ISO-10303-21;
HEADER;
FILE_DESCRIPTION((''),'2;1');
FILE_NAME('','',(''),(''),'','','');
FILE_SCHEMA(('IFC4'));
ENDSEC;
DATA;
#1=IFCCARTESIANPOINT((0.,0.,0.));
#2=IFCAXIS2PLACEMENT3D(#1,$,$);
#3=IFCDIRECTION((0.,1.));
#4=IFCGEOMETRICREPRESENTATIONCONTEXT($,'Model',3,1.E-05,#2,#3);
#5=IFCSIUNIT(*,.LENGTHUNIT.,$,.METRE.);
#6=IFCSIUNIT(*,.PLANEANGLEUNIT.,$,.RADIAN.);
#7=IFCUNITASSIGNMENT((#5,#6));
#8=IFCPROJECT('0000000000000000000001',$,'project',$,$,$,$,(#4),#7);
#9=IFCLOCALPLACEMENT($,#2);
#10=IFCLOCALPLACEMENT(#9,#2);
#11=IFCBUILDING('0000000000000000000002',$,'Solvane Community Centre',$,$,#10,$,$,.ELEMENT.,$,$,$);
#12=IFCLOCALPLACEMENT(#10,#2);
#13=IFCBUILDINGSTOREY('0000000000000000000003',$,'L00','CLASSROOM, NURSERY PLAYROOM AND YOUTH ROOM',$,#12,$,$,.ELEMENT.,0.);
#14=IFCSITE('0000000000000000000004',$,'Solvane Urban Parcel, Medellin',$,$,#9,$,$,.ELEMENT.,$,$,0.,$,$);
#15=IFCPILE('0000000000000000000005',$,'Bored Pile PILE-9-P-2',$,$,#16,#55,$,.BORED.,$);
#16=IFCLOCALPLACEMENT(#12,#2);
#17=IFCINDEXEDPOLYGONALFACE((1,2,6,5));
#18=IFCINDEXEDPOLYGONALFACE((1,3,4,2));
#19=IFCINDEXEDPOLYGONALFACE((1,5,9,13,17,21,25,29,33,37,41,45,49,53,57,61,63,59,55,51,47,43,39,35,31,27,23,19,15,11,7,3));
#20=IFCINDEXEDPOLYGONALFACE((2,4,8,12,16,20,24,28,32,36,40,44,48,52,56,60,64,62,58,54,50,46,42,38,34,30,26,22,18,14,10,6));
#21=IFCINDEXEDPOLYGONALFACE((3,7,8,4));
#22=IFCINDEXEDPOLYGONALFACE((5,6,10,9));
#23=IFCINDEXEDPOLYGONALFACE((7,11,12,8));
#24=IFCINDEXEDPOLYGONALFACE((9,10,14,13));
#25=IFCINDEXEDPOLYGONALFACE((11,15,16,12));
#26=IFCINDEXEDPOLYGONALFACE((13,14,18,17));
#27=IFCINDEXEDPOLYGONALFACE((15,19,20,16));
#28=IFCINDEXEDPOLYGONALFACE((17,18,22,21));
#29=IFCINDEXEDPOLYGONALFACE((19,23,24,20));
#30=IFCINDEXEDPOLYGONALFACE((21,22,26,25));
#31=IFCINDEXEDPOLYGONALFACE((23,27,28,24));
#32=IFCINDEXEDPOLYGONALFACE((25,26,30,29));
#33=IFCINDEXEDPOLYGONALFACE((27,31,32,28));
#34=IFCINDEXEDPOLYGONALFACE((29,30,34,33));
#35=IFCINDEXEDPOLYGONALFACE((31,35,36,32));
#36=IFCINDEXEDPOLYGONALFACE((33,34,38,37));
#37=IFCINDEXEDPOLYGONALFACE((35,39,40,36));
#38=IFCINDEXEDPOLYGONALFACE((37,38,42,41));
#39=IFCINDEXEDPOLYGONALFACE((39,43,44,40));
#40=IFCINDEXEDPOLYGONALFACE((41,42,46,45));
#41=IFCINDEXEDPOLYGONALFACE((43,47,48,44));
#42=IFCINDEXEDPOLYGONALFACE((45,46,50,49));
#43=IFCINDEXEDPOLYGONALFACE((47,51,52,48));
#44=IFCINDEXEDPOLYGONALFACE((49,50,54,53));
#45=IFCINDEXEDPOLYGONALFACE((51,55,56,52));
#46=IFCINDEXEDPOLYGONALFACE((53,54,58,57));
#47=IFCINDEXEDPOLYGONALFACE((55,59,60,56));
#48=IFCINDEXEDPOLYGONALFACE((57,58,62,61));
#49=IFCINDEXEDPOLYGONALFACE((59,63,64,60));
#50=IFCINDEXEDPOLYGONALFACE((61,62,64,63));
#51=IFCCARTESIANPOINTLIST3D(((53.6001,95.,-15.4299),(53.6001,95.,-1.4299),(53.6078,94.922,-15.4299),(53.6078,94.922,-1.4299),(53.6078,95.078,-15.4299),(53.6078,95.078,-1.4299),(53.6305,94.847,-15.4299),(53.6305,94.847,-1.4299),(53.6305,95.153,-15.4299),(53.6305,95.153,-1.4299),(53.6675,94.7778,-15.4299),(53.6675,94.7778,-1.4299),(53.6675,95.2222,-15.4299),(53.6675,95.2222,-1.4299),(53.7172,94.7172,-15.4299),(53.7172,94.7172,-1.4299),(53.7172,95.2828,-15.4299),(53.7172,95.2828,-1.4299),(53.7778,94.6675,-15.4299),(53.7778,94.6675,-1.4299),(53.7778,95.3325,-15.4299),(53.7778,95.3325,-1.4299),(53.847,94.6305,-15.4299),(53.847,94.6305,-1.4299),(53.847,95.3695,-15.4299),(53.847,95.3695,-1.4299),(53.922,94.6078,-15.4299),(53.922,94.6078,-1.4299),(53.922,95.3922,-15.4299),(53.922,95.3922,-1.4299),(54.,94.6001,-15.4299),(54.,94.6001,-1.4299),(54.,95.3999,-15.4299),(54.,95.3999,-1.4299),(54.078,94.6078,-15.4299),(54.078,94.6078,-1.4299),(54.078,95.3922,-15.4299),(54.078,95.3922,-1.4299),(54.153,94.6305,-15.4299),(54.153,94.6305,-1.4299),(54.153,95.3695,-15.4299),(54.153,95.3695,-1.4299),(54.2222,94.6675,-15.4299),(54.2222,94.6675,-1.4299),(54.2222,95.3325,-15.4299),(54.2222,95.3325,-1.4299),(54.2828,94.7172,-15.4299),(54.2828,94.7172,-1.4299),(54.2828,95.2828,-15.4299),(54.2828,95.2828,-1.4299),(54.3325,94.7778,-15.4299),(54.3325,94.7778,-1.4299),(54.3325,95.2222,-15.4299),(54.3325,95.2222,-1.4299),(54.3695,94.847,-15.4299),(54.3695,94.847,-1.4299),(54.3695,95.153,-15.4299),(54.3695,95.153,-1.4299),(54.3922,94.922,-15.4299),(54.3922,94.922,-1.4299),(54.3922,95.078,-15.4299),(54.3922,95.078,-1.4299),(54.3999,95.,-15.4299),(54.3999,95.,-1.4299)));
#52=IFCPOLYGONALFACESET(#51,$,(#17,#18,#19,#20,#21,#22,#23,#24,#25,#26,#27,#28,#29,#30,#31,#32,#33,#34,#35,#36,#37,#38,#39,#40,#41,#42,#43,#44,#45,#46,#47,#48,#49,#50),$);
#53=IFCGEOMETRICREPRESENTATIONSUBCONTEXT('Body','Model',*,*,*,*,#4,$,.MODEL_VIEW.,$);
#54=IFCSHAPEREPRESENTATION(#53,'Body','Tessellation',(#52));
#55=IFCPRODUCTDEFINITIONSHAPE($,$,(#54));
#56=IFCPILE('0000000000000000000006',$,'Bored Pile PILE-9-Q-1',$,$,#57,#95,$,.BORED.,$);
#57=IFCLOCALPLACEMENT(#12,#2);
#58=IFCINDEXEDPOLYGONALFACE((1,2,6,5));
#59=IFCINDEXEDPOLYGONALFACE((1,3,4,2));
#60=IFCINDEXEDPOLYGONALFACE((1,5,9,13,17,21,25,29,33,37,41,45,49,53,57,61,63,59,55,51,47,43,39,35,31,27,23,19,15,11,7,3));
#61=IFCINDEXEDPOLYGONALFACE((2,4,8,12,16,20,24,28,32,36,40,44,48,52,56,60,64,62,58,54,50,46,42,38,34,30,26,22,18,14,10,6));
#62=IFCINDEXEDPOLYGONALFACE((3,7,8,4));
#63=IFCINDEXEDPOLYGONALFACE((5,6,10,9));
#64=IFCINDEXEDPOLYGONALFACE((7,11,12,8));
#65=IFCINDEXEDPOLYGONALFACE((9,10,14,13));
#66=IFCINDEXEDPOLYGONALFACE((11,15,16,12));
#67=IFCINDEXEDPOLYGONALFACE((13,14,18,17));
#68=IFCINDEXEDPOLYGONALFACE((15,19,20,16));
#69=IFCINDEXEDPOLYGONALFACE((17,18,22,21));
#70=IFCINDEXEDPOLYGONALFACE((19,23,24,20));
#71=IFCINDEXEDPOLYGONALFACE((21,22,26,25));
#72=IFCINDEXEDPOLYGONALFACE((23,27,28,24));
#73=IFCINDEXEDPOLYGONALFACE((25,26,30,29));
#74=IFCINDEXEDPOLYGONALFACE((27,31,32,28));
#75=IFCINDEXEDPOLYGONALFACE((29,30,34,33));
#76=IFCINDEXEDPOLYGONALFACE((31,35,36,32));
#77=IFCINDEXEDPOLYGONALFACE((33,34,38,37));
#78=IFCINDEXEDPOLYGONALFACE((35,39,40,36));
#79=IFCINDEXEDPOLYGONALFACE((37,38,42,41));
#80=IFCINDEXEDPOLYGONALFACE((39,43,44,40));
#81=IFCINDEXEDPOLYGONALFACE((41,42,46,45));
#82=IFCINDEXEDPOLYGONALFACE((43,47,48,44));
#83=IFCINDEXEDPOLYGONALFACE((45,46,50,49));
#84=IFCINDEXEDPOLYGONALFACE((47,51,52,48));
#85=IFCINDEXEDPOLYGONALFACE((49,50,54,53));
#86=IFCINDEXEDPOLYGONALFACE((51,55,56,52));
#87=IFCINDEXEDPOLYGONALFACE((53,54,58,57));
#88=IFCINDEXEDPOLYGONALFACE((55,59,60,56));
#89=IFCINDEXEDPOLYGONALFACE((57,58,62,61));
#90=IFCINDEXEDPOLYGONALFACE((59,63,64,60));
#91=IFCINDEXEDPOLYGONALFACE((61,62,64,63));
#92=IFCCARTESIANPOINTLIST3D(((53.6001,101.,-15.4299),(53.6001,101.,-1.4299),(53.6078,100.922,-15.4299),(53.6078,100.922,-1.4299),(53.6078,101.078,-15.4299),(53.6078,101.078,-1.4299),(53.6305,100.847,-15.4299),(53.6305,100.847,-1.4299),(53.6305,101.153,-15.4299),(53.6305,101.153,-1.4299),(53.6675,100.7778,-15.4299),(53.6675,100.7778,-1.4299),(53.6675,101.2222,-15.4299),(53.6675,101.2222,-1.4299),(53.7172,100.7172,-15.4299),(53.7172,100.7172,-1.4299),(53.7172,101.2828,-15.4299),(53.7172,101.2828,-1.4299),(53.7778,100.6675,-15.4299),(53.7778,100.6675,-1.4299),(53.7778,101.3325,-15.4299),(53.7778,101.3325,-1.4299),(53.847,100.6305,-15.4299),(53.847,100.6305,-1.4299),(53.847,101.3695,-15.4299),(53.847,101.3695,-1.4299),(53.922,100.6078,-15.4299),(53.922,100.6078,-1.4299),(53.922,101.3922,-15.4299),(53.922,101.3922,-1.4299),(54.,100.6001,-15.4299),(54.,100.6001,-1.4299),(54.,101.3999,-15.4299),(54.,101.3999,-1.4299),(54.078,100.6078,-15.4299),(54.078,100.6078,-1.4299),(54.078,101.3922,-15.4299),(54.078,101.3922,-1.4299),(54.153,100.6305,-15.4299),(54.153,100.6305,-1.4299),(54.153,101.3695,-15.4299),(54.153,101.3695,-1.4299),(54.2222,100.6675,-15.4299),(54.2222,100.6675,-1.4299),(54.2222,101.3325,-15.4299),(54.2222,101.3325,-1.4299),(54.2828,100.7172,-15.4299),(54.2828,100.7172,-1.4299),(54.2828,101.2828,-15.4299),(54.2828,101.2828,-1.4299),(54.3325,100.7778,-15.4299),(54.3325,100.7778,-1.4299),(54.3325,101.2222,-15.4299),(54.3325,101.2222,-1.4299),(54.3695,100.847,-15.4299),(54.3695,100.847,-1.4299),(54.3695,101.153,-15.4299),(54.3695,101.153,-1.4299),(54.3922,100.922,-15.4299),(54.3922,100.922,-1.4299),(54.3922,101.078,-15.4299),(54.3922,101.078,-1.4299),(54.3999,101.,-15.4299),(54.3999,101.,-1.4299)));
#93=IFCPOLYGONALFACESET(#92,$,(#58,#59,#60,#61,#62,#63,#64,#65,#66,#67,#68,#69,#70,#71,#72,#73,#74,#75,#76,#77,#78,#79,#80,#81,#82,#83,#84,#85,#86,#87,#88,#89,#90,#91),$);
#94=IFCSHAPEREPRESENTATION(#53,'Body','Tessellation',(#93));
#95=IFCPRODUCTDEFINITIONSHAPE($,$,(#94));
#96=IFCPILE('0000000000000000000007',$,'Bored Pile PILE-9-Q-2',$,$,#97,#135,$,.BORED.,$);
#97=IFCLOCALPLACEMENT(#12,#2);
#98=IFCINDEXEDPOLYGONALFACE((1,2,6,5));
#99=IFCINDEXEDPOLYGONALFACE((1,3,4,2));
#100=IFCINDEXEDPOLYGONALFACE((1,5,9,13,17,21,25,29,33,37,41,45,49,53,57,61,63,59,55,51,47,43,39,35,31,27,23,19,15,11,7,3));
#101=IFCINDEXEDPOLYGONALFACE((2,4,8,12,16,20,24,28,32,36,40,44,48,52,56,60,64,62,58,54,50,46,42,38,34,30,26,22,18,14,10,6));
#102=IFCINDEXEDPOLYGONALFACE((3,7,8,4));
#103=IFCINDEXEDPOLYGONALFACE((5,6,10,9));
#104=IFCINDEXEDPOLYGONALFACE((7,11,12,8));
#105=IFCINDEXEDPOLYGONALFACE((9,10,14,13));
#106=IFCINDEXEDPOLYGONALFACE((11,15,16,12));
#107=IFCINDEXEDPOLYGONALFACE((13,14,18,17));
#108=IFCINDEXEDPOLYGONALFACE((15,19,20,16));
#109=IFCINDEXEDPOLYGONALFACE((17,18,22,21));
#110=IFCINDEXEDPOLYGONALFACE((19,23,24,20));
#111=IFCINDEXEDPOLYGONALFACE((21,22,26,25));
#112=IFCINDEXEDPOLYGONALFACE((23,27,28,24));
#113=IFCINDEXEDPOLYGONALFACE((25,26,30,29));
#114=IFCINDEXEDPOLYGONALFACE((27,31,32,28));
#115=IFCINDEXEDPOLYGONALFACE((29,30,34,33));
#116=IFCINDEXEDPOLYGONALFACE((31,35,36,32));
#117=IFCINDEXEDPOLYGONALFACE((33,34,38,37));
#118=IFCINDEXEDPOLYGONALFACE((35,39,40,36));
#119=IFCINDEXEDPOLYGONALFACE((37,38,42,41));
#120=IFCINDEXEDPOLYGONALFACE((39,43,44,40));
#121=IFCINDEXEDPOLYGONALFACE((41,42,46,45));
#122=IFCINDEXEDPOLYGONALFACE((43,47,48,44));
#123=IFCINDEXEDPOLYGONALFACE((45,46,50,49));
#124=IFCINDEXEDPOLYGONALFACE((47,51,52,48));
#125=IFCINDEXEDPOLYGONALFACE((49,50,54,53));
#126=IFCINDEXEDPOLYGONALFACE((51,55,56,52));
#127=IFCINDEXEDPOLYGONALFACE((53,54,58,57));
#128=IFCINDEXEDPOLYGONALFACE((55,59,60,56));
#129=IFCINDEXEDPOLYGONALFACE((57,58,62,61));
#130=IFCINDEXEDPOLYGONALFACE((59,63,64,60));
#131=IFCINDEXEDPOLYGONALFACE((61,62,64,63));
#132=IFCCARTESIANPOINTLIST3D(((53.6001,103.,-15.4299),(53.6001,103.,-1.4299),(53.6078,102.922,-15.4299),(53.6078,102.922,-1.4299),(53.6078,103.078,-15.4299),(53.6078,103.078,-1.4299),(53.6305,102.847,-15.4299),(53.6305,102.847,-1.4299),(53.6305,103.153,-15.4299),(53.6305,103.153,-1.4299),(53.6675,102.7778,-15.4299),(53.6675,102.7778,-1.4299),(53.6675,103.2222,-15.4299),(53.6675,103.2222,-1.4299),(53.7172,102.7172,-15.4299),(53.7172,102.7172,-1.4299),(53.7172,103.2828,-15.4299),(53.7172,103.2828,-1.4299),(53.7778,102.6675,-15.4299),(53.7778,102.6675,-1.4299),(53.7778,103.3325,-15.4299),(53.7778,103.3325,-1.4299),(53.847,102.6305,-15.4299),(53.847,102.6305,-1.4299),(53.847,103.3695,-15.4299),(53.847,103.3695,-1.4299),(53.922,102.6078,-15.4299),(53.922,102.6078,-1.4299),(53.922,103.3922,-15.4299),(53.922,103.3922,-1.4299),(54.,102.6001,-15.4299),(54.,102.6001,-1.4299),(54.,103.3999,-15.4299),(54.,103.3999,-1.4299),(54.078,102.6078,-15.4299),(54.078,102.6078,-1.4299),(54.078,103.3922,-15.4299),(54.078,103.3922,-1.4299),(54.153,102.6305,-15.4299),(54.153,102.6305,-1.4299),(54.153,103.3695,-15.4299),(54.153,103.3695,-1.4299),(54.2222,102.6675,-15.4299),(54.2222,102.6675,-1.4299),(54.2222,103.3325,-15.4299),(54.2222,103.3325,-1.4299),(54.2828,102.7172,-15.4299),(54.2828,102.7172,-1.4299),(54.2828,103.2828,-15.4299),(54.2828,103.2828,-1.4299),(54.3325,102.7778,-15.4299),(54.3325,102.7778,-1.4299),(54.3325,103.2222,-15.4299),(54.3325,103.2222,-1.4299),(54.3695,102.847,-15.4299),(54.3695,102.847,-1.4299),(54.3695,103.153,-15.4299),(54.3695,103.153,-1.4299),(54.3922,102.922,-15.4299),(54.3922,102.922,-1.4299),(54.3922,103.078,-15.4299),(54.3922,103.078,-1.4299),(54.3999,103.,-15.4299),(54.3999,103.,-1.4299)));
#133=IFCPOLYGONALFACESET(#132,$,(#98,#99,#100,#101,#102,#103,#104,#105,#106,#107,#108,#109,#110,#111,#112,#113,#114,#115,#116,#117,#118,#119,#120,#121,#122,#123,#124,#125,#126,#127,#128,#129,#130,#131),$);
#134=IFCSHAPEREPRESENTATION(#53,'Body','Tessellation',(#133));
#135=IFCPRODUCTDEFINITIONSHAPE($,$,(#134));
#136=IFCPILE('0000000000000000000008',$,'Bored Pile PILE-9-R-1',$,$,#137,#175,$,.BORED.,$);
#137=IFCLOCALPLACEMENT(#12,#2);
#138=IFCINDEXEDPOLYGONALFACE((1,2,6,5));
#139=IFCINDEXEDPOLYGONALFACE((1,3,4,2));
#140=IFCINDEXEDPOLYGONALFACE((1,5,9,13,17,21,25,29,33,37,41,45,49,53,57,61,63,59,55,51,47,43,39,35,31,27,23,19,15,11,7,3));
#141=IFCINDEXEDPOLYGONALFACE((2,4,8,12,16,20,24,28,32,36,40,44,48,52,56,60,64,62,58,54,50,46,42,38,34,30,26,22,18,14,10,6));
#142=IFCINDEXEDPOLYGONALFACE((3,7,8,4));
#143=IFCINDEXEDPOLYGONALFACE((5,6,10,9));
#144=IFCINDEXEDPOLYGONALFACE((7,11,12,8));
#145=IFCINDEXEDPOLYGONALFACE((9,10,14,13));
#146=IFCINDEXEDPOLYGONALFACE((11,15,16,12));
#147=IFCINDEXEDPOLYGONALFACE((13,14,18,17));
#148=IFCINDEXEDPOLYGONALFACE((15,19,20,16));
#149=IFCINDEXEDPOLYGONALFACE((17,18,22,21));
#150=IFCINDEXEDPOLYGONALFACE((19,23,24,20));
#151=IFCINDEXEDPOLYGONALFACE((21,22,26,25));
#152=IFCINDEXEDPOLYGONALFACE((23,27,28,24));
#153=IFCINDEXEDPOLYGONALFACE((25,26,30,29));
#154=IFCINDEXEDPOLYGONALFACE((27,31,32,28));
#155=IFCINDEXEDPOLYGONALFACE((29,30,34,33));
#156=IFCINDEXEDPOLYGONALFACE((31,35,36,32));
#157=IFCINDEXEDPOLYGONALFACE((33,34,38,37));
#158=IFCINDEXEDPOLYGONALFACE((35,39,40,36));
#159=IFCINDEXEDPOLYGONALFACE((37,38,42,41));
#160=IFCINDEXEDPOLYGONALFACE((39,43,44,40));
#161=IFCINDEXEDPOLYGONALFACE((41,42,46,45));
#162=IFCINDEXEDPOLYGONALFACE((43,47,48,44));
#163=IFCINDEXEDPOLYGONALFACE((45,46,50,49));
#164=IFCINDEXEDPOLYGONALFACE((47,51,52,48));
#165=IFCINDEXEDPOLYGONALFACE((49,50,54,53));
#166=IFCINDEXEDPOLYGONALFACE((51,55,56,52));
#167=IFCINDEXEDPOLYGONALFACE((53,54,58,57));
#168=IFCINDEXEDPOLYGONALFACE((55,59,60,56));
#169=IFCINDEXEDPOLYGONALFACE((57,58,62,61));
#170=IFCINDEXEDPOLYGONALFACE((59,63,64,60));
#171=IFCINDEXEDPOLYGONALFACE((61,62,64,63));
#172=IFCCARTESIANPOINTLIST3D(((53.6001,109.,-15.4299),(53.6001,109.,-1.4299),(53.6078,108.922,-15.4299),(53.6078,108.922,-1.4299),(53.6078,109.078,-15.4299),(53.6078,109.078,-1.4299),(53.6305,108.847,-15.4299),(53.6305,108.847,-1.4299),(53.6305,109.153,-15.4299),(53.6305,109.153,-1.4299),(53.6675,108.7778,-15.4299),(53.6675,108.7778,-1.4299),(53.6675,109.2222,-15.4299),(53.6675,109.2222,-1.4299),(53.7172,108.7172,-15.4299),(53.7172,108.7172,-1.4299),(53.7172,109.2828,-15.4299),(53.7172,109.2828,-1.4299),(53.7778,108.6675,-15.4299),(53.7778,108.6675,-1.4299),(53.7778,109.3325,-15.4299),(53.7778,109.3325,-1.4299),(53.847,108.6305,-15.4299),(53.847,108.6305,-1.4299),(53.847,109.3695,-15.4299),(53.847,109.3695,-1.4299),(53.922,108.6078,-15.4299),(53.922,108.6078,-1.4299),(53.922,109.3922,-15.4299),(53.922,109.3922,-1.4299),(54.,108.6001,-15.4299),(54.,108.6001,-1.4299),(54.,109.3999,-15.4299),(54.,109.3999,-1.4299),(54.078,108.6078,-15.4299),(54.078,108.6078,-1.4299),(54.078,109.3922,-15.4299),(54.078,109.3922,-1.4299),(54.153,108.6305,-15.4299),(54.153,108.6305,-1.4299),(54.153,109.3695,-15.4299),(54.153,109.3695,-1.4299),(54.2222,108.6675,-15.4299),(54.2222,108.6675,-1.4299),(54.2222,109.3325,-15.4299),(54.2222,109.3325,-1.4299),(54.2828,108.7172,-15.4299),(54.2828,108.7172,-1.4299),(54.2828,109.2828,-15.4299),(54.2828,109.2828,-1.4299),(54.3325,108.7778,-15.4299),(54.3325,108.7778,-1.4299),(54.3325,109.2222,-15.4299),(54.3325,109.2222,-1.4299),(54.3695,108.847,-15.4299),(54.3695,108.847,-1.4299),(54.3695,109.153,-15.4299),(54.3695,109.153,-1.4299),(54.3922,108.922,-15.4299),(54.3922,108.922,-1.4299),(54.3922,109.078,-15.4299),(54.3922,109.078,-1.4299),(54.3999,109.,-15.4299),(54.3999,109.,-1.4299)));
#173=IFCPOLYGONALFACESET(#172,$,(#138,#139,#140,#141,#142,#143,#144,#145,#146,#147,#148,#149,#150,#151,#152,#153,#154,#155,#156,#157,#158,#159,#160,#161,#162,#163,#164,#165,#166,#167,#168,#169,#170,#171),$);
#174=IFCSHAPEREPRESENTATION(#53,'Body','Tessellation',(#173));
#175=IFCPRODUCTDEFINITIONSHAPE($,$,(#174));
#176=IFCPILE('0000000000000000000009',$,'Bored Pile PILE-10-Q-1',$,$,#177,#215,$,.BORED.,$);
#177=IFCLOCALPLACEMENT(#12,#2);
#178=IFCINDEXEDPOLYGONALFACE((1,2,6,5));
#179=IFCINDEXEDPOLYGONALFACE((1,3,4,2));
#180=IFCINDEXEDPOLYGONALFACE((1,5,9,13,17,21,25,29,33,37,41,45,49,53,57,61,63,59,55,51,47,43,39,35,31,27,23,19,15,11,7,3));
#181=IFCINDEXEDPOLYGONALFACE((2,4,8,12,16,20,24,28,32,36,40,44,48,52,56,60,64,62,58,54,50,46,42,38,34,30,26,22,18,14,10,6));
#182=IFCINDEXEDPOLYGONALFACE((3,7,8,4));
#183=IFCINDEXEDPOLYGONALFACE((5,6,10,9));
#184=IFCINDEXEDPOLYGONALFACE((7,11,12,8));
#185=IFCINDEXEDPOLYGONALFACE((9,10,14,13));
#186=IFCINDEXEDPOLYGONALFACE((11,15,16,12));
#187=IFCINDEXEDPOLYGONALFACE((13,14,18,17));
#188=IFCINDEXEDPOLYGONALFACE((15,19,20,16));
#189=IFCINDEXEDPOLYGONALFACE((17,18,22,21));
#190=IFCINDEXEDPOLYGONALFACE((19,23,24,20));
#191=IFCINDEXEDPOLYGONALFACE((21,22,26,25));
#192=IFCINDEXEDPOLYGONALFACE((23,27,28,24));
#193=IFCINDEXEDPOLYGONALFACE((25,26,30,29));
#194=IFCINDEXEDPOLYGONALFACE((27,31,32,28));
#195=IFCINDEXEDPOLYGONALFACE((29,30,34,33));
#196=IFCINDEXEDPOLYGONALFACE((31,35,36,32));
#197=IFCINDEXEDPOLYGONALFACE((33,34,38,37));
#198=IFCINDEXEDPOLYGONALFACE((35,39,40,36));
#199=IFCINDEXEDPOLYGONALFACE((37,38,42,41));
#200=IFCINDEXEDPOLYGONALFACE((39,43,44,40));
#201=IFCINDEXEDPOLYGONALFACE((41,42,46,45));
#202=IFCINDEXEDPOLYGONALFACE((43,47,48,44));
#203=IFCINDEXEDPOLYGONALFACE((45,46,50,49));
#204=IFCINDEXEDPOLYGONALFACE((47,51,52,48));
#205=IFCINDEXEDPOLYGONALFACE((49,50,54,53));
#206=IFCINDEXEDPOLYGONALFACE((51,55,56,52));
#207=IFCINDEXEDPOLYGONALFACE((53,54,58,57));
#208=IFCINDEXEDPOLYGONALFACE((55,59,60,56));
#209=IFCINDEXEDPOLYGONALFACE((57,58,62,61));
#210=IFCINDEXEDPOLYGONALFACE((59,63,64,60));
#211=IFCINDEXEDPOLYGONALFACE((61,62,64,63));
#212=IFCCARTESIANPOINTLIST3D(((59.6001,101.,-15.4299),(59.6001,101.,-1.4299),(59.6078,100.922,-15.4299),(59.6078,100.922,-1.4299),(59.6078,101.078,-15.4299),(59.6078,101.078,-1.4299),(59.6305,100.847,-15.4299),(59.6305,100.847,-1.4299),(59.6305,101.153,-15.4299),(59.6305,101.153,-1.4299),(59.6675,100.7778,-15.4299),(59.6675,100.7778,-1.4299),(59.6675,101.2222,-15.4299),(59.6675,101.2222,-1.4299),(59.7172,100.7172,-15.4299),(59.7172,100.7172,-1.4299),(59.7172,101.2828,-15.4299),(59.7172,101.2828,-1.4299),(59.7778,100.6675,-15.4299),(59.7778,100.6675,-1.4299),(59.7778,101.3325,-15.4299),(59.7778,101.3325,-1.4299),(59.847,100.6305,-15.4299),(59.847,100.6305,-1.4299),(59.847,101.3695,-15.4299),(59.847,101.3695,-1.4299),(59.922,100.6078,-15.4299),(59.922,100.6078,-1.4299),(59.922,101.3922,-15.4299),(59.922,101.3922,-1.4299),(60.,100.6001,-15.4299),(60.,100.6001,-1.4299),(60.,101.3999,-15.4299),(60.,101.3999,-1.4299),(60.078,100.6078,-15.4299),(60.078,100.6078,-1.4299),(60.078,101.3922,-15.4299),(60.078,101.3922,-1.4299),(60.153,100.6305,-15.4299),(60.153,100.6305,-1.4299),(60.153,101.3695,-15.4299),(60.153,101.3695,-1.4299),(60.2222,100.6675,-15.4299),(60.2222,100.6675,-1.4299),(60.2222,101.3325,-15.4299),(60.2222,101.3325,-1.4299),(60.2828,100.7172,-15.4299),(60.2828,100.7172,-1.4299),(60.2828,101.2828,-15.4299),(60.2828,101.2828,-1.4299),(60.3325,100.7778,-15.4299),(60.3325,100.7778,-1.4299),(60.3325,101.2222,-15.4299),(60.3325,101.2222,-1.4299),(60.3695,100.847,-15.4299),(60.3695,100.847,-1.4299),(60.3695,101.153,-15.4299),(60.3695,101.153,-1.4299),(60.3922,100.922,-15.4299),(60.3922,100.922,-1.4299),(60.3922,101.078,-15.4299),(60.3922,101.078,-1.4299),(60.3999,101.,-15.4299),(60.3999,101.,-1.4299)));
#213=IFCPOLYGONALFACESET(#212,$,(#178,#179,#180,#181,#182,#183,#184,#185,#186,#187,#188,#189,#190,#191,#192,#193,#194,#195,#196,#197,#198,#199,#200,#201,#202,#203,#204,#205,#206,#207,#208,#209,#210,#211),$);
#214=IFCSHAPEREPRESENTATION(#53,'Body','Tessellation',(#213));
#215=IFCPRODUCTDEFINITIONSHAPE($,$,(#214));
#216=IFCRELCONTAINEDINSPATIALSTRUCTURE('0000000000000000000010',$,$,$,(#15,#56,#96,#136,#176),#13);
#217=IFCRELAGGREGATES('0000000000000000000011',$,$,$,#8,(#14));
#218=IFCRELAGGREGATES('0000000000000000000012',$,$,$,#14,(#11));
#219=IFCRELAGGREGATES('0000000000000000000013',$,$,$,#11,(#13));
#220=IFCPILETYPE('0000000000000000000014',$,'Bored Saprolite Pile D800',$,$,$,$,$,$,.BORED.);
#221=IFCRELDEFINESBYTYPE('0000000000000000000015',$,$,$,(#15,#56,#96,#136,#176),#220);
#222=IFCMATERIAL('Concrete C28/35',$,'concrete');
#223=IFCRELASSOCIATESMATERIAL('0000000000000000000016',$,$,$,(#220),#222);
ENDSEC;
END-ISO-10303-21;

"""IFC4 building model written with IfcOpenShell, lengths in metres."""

from ifc_helpers import new_model, si_unit, direction, frame, origin, origin_2d, place, context, subcontext, project, spatial, circle, extrude, material, material_profile, profile_set, type_object, element, save


model = new_model("IFC4")

# Units and contexts
model_context = context("Model", 3, precision=1e-05, world=origin(), true_north=direction((0.0, 1.0)))
body_context = subcontext(model_context, "Body", "Model", "MODEL_VIEW")
ifc_project = project(units=[si_unit("LENGTHUNIT", "METRE"), si_unit("PLANEANGLEUNIT", "RADIAN")], contexts=[model_context])

# Site, building, storey
site_placement = place(None, origin())
site = spatial("IfcSite", under=ifc_project, at=site_placement, Name="Solvane Urban Parcel, Medellin", CompositionType="ELEMENT", RefElevation=0.0)
building_placement = place(site_placement, origin())
building = spatial("IfcBuilding", under=site, at=building_placement, Name="Solvane Community Centre", CompositionType="ELEMENT")
storey_placement = place(building_placement, origin())
storey = spatial("IfcBuildingStorey", under=building, at=storey_placement, Name="L00", Description="CLASSROOM, NURSERY PLAYROOM AND YOUTH ROOM", CompositionType="ELEMENT", Elevation=0.0)

# Piles
ifc_material_1 = material(Name="Concrete C28/35", Category="concrete")
ifc_material_profile_1 = material_profile(ifc_material_1, circle(Radius=0.3999, at=origin_2d()), Name="PILE D800")
ifc_profile_set_1 = profile_set([ifc_material_profile_1], Name="Concrete C28/35")
pile_type = type_object("IfcPileType", Name="Bored Saprolite Pile D800", PredefinedType="BORED", material=ifc_profile_set_1)
for number, where, z_axis, x_axis, name in (
    (1, (54.0, 95.0, -1.4299), (0.0, 0.0, -1.0), (1.0, 0.0, 0.0), "Bored Pile PILE-9-P-2"),
    (2, (54.0, 101.0, -1.4299), (0.0, 0.0, -1.0), (1.0, 0.0, 0.0), "Bored Pile PILE-9-Q-1"),
    (3, (54.0, 103.0, -1.4299), (0.0, 0.0, -1.0), (1.0, 0.0, 0.0), "Bored Pile PILE-9-Q-2"),
    (4, (54.0, 109.0, -1.4299), (0.0, 0.0, -1.0), (1.0, 0.0, 0.0), "Bored Pile PILE-9-R-1"),
    (5, (60.0, 101.0, -1.4299), (0.0, 0.0, -1.0), (1.0, 0.0, 0.0), "Bored Pile PILE-10-Q-1"),
):
    element("IfcPile", number, at=place(storey_placement, frame(where, z_axis=z_axis, x_axis=x_axis)), inside=storey, type_object=pile_type, Name=name, PredefinedType="BORED", context=body_context, shape_type="SweptSolid", body=[
        extrude(circle(Radius=0.3999, at=origin_2d()), origin(), (0.0, 0.0, 1.0), 14.0),
    ])

save(model, "model.ifc")
